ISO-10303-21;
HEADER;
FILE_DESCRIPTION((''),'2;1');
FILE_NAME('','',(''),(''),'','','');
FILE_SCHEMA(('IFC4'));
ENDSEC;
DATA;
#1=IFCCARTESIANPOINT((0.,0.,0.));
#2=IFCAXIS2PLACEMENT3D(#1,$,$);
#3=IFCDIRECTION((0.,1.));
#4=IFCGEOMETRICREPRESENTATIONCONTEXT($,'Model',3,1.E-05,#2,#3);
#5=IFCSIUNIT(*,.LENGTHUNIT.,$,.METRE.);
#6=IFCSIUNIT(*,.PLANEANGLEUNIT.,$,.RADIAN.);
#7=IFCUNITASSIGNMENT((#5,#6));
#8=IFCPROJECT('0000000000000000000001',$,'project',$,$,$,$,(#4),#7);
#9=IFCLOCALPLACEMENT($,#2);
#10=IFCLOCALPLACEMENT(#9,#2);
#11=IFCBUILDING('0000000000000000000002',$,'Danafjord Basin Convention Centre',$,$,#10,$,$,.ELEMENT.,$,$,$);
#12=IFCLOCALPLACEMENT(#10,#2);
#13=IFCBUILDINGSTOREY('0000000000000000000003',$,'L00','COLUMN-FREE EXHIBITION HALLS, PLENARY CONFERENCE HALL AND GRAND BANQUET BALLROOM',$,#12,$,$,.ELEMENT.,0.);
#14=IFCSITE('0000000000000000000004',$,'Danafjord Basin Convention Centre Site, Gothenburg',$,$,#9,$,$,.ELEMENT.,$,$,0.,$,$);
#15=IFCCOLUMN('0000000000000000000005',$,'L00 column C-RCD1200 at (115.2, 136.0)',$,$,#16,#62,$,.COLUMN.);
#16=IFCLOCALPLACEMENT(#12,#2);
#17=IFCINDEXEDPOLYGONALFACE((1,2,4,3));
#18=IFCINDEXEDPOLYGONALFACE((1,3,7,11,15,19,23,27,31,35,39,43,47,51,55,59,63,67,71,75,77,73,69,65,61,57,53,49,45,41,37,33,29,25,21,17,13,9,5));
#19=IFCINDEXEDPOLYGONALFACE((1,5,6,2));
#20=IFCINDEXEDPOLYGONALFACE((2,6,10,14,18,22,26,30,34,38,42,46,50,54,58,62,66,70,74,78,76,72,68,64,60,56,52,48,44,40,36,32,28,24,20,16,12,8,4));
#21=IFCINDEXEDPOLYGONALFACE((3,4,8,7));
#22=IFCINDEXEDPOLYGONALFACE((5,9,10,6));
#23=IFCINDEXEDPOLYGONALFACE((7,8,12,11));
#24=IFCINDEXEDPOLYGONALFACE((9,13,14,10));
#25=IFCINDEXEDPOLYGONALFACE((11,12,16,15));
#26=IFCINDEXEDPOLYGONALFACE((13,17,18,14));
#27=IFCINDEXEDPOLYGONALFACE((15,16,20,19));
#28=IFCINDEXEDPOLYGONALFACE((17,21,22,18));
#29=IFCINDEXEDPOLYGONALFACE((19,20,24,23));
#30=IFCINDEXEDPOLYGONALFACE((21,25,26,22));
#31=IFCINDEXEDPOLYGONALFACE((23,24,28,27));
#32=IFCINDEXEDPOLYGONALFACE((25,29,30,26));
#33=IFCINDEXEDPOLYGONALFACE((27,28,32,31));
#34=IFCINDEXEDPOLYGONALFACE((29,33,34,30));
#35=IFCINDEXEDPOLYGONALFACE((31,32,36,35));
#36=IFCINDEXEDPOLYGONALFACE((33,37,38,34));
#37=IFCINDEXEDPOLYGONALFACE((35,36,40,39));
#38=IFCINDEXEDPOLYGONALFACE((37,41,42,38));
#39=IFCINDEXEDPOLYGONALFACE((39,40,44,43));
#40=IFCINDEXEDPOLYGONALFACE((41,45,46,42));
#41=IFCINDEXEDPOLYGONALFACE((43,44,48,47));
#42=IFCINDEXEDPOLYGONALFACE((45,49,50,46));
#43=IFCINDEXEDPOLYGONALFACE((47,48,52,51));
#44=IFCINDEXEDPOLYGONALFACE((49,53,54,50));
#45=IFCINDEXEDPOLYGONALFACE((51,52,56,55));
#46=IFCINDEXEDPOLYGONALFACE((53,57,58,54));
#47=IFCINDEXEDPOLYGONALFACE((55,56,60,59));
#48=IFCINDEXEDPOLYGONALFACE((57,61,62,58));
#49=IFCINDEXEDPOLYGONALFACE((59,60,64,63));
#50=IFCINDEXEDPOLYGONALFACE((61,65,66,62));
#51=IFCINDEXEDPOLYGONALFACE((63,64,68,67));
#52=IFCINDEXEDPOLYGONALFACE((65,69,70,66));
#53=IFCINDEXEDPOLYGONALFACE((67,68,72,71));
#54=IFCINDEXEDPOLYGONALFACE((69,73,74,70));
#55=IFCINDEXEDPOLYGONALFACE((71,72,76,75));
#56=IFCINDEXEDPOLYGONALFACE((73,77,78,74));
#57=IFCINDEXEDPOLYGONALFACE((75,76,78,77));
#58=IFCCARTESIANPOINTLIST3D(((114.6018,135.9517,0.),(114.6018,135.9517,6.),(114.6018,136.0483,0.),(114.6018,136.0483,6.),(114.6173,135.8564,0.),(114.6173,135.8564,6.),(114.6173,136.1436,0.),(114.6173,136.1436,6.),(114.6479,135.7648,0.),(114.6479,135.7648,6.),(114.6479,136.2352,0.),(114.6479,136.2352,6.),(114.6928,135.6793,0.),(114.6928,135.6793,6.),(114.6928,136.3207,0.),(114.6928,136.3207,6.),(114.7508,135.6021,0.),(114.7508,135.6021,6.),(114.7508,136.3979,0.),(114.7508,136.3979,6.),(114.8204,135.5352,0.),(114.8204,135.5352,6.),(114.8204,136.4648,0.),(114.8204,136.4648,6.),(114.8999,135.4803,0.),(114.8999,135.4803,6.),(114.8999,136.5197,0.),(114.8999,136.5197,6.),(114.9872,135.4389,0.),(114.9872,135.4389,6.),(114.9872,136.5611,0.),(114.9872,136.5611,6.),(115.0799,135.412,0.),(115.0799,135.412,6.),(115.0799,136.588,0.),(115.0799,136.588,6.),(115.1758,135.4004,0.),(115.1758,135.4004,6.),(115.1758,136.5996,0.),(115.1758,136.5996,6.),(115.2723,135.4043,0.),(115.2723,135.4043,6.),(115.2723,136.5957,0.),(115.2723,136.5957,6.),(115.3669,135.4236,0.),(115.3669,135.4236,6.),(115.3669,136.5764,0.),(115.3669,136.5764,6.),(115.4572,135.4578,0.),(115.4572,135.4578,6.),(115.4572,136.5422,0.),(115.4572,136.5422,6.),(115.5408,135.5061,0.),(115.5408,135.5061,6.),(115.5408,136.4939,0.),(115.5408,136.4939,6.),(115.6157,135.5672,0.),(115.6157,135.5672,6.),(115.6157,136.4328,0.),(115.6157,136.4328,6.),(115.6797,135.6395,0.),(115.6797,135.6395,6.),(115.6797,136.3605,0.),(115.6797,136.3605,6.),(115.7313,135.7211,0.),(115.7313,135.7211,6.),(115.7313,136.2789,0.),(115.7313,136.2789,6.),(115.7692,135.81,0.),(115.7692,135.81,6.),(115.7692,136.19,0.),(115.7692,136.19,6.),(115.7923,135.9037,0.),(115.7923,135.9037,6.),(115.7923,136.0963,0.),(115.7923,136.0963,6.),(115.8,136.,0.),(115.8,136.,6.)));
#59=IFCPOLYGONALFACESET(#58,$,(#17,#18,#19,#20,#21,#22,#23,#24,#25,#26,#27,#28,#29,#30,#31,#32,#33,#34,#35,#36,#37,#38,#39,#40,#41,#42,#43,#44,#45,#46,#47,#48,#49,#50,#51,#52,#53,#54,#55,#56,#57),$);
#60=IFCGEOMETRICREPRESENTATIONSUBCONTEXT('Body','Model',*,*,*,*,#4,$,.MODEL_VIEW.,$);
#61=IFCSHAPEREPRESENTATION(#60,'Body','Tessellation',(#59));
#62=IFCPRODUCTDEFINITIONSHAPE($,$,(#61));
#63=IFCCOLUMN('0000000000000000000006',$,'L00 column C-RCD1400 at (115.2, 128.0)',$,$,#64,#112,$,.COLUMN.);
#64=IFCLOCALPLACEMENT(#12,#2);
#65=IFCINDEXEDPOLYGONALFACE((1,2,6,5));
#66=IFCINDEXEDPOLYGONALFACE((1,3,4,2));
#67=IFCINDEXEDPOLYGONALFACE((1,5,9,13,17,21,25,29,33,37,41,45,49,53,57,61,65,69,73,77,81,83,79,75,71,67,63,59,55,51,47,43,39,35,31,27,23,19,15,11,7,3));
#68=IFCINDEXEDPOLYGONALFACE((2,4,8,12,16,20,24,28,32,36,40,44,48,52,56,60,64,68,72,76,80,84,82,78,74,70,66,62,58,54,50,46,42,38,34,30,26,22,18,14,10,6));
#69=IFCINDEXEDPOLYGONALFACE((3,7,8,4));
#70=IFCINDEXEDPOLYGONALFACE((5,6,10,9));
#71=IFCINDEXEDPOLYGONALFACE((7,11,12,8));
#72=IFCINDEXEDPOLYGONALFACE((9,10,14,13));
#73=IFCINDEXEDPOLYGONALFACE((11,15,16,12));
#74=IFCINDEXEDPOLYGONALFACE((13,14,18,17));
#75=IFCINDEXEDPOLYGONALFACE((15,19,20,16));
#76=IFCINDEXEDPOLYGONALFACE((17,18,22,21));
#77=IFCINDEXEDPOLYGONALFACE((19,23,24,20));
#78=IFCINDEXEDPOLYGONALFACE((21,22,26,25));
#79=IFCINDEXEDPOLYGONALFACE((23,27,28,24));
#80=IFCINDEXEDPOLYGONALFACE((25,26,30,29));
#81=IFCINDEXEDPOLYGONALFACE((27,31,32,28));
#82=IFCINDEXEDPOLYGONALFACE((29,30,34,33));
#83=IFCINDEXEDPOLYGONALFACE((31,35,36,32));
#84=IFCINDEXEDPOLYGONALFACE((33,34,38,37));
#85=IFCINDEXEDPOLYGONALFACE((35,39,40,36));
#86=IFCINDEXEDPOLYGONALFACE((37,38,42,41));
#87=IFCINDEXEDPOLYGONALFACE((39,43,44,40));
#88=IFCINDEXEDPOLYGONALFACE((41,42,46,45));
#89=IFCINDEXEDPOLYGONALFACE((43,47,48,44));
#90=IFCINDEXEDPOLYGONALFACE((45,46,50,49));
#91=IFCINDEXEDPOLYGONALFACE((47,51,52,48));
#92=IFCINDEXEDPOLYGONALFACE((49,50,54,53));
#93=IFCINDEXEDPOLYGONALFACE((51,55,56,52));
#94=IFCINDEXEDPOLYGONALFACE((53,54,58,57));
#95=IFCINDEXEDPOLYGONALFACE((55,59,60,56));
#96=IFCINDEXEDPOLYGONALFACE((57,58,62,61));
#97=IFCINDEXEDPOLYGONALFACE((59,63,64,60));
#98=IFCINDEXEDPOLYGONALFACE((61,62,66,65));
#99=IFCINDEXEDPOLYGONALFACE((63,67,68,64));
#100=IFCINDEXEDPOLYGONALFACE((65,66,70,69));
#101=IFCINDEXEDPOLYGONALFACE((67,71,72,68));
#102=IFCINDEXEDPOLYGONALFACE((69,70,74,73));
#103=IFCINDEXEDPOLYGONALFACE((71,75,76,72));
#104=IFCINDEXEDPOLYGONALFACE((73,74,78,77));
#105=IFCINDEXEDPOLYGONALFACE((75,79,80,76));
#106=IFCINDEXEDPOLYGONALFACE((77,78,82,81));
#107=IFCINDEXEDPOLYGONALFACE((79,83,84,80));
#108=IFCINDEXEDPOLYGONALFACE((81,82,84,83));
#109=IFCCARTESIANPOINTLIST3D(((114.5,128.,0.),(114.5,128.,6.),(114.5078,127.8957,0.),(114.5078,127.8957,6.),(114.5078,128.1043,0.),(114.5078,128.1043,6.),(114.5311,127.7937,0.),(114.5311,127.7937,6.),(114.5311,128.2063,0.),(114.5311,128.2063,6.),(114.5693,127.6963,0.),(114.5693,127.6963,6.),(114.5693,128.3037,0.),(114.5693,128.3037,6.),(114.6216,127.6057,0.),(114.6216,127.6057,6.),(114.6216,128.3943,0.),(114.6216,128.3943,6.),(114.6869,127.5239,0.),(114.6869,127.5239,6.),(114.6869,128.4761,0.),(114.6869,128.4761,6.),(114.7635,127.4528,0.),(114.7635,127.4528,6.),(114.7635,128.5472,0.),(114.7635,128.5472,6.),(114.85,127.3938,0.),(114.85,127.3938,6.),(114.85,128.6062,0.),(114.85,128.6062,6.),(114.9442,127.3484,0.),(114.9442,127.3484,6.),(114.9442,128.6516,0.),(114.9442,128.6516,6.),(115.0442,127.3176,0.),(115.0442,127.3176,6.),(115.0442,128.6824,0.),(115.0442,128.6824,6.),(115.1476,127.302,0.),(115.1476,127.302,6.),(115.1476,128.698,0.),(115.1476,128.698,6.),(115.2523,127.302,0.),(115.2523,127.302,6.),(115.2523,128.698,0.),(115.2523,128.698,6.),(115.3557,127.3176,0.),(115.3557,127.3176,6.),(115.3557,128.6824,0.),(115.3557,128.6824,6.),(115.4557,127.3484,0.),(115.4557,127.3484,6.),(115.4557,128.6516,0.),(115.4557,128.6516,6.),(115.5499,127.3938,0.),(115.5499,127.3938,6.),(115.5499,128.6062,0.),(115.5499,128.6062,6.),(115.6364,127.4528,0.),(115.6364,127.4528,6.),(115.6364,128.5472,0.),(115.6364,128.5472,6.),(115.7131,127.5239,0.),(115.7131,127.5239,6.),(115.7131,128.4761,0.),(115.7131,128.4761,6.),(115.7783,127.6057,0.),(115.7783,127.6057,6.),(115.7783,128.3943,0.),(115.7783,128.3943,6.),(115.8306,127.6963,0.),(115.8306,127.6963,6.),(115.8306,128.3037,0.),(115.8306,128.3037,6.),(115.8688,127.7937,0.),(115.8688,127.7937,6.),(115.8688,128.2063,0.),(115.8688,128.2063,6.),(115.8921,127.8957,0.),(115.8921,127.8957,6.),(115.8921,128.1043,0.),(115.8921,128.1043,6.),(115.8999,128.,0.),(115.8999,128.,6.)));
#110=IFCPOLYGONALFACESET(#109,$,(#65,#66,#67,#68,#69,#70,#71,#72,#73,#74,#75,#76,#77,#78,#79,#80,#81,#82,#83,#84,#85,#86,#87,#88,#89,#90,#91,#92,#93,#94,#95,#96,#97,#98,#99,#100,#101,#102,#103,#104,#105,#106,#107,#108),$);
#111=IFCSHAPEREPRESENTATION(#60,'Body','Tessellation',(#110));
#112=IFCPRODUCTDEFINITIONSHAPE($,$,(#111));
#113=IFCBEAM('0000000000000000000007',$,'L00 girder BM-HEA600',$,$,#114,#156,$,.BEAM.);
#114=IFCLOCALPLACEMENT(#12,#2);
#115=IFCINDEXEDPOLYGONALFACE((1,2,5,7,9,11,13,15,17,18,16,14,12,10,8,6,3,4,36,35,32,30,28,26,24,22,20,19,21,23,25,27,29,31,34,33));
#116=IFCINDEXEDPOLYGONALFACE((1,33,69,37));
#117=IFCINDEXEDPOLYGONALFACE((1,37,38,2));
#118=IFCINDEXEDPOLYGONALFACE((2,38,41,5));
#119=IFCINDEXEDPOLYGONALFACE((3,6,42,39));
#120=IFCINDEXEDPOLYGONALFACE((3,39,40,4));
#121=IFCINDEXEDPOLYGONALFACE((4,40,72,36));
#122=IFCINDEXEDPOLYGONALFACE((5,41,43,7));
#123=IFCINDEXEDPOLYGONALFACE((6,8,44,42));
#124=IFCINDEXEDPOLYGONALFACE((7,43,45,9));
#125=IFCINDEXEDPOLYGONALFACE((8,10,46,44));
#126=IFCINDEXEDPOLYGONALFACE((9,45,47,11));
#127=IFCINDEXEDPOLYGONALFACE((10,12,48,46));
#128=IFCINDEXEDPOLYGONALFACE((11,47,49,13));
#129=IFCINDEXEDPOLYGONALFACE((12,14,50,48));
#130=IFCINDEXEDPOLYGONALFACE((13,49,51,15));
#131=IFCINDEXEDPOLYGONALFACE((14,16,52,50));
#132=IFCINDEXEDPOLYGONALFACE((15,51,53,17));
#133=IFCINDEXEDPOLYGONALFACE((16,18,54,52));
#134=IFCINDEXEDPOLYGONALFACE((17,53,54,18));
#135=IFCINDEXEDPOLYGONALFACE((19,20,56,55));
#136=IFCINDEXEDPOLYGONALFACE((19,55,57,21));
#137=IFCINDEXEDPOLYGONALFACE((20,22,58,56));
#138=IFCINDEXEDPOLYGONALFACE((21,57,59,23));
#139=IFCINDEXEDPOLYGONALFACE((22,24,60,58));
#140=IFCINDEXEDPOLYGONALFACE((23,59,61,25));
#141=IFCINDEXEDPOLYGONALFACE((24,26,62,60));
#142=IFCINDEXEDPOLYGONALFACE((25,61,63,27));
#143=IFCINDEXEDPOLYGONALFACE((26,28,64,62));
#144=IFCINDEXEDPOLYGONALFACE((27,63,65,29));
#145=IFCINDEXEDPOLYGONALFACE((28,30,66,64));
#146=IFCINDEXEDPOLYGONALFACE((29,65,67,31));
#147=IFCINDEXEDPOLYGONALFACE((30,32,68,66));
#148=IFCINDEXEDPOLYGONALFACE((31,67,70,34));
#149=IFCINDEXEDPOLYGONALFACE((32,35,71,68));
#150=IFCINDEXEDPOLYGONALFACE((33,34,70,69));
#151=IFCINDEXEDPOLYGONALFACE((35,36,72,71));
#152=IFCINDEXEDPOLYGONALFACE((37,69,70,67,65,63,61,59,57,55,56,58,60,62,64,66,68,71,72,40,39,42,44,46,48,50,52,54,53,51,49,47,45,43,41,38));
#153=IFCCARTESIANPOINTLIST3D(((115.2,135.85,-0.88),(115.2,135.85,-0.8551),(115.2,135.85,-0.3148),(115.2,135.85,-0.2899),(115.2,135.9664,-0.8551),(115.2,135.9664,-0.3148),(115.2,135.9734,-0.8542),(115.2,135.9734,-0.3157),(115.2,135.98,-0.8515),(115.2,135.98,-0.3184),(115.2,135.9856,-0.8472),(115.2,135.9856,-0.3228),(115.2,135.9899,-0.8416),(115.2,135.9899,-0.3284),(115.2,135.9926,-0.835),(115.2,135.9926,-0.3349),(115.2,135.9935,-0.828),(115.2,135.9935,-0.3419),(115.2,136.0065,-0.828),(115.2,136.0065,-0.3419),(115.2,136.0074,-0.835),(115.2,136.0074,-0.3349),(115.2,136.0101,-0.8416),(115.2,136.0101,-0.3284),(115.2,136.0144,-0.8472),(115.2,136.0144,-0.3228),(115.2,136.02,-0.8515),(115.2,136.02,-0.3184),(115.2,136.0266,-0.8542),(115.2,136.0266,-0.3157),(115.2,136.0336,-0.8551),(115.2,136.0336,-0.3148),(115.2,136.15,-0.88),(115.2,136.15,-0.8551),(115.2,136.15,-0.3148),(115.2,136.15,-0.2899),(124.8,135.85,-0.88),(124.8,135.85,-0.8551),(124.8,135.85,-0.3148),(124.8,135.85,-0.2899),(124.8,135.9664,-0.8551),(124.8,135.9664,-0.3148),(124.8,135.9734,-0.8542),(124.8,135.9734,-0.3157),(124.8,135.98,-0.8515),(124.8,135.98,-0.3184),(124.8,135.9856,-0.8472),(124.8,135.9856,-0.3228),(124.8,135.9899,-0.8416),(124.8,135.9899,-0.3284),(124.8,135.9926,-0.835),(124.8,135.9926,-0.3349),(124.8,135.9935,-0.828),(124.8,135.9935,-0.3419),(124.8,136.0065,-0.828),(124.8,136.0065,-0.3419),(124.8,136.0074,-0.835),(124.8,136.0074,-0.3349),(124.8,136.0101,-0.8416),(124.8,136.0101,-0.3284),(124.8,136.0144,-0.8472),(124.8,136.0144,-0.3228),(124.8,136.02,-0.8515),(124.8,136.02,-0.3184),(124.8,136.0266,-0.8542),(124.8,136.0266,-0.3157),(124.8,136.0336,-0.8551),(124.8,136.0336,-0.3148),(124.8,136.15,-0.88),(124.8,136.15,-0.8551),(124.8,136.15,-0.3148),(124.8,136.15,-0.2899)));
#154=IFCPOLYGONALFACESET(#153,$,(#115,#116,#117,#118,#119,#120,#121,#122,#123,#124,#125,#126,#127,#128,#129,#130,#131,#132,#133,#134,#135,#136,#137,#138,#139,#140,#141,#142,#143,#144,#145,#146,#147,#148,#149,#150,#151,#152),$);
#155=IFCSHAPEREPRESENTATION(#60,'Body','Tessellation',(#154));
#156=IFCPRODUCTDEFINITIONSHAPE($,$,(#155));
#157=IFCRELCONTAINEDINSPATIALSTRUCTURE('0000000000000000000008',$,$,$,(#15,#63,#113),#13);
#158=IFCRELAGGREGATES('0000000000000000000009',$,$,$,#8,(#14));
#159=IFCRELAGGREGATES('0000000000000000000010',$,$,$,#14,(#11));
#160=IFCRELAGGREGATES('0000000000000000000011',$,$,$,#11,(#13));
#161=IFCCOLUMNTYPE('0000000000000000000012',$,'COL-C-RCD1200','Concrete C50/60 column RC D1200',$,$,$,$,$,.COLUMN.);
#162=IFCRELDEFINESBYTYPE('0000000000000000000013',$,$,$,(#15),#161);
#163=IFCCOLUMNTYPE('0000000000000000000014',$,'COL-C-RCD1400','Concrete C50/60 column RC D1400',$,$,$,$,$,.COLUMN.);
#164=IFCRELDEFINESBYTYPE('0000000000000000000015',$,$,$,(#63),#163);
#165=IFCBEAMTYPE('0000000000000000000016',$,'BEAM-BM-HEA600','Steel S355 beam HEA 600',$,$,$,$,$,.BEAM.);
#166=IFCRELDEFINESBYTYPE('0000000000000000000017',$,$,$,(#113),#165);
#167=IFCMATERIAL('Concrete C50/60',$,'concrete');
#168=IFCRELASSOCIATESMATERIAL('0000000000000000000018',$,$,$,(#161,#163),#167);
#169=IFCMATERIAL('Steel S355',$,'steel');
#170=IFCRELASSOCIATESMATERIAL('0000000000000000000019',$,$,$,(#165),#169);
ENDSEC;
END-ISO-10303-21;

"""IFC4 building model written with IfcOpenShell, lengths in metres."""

from ifc_helpers import new_model, si_unit, direction, frame, origin, origin_2d, place, context, subcontext, project, spatial, circle, i_section, extrude, material, material_profile, profile_set, type_object, element, save


model = new_model("IFC4")

# Units and contexts
model_context = context("Model", 3, precision=1e-05, world=origin(), true_north=direction((0.0, 1.0)))
body_context = subcontext(model_context, "Body", "Model", "MODEL_VIEW")
ifc_project = project(units=[si_unit("LENGTHUNIT", "METRE"), si_unit("PLANEANGLEUNIT", "RADIAN")], contexts=[model_context])

# Site, building, storey
site_placement = place(None, origin())
site = spatial("IfcSite", under=ifc_project, at=site_placement, Name="Danafjord Basin Convention Centre Site, Gothenburg", CompositionType="ELEMENT", RefElevation=0.0)
building_placement = place(site_placement, origin())
building = spatial("IfcBuilding", under=site, at=building_placement, Name="Danafjord Basin Convention Centre", CompositionType="ELEMENT")
storey_placement = place(building_placement, origin())
storey = spatial("IfcBuildingStorey", under=building, at=storey_placement, Name="L00", Description="COLUMN-FREE EXHIBITION HALLS, PLENARY CONFERENCE HALL AND GRAND BANQUET BALLROOM", CompositionType="ELEMENT", Elevation=0.0)

# Columns
ifc_material_1 = material(Name="Steel S355", Category="steel")
ifc_material_2 = material(Name="Concrete C50/60", Category="concrete")
ifc_material_profile_1 = material_profile(ifc_material_2, circle(Radius=0.6001, at=origin_2d()), Name="RC D1200")
ifc_profile_set_1 = profile_set([ifc_material_profile_1], Name="Concrete C50/60")
column_type_1 = type_object("IfcColumnType", Name="COL-C-RCD1200", Description="Concrete C50/60 column RC D1200", PredefinedType="COLUMN", material=ifc_profile_set_1)
column_1_placement = place(storey_placement, frame((115.2, 136.0, 0.0), z_axis=(0.0, 0.0, 1.0), x_axis=(1.0, 0.0, 0.0)))
element("IfcColumn", 1, at=column_1_placement, inside=storey, type_object=column_type_1, Name="L00 column C-RCD1200 at (115.2, 136.0)", PredefinedType="COLUMN", context=body_context, shape_type="SweptSolid", body=[
    extrude(circle(Radius=0.6001, at=origin_2d()), origin(), (0.0, 0.0, 1.0), 6.0),
])
ifc_material_profile_2 = material_profile(ifc_material_2, circle(Radius=0.7, at=origin_2d()), Name="RC D1400")
ifc_profile_set_2 = profile_set([ifc_material_profile_2], Name="Concrete C50/60")
column_type_2 = type_object("IfcColumnType", Name="COL-C-RCD1400", Description="Concrete C50/60 column RC D1400", PredefinedType="COLUMN", material=ifc_profile_set_2)
column_2_placement = place(storey_placement, frame((115.2, 128.0, 0.0), z_axis=(0.0, 0.0, 1.0), x_axis=(1.0, 0.0, 0.0)))
element("IfcColumn", 2, at=column_2_placement, inside=storey, type_object=column_type_2, Name="L00 column C-RCD1400 at (115.2, 128.0)", PredefinedType="COLUMN", context=body_context, shape_type="SweptSolid", body=[
    extrude(circle(Radius=0.7, at=origin_2d()), origin(), (0.0, 0.0, 1.0), 6.0),
])

# Beam
ifc_material_profile_3 = material_profile(ifc_material_1, i_section(OverallWidth=0.3, OverallDepth=0.5901, WebThickness=0.0129, FlangeThickness=0.0249, FilletRadius=0.0271, at=origin_2d()), Name="HEA 600")
ifc_profile_set_3 = profile_set([ifc_material_profile_3], Name="Steel S355")
beam_type_1 = type_object("IfcBeamType", Name="BEAM-BM-HEA600", Description="Steel S355 beam HEA 600", PredefinedType="BEAM", material=ifc_profile_set_3)
beam_1_placement = place(storey_placement, frame((115.2, 136.0, -0.585), z_axis=(1.0, 0.0, 0.0), x_axis=(0.0, 1.0, 0.0)))
element("IfcBeam", 3, at=beam_1_placement, inside=storey, type_object=beam_type_1, Name="L00 girder BM-HEA600", PredefinedType="BEAM", context=body_context, shape_type="SweptSolid", body=[
    extrude(i_section(OverallWidth=0.3, OverallDepth=0.5901, WebThickness=0.0129, FlangeThickness=0.0249, FilletRadius=0.0271, at=origin_2d()), origin(), (0.0, 0.0, 1.0), 9.6001),
])

save(model, "model.ifc")
